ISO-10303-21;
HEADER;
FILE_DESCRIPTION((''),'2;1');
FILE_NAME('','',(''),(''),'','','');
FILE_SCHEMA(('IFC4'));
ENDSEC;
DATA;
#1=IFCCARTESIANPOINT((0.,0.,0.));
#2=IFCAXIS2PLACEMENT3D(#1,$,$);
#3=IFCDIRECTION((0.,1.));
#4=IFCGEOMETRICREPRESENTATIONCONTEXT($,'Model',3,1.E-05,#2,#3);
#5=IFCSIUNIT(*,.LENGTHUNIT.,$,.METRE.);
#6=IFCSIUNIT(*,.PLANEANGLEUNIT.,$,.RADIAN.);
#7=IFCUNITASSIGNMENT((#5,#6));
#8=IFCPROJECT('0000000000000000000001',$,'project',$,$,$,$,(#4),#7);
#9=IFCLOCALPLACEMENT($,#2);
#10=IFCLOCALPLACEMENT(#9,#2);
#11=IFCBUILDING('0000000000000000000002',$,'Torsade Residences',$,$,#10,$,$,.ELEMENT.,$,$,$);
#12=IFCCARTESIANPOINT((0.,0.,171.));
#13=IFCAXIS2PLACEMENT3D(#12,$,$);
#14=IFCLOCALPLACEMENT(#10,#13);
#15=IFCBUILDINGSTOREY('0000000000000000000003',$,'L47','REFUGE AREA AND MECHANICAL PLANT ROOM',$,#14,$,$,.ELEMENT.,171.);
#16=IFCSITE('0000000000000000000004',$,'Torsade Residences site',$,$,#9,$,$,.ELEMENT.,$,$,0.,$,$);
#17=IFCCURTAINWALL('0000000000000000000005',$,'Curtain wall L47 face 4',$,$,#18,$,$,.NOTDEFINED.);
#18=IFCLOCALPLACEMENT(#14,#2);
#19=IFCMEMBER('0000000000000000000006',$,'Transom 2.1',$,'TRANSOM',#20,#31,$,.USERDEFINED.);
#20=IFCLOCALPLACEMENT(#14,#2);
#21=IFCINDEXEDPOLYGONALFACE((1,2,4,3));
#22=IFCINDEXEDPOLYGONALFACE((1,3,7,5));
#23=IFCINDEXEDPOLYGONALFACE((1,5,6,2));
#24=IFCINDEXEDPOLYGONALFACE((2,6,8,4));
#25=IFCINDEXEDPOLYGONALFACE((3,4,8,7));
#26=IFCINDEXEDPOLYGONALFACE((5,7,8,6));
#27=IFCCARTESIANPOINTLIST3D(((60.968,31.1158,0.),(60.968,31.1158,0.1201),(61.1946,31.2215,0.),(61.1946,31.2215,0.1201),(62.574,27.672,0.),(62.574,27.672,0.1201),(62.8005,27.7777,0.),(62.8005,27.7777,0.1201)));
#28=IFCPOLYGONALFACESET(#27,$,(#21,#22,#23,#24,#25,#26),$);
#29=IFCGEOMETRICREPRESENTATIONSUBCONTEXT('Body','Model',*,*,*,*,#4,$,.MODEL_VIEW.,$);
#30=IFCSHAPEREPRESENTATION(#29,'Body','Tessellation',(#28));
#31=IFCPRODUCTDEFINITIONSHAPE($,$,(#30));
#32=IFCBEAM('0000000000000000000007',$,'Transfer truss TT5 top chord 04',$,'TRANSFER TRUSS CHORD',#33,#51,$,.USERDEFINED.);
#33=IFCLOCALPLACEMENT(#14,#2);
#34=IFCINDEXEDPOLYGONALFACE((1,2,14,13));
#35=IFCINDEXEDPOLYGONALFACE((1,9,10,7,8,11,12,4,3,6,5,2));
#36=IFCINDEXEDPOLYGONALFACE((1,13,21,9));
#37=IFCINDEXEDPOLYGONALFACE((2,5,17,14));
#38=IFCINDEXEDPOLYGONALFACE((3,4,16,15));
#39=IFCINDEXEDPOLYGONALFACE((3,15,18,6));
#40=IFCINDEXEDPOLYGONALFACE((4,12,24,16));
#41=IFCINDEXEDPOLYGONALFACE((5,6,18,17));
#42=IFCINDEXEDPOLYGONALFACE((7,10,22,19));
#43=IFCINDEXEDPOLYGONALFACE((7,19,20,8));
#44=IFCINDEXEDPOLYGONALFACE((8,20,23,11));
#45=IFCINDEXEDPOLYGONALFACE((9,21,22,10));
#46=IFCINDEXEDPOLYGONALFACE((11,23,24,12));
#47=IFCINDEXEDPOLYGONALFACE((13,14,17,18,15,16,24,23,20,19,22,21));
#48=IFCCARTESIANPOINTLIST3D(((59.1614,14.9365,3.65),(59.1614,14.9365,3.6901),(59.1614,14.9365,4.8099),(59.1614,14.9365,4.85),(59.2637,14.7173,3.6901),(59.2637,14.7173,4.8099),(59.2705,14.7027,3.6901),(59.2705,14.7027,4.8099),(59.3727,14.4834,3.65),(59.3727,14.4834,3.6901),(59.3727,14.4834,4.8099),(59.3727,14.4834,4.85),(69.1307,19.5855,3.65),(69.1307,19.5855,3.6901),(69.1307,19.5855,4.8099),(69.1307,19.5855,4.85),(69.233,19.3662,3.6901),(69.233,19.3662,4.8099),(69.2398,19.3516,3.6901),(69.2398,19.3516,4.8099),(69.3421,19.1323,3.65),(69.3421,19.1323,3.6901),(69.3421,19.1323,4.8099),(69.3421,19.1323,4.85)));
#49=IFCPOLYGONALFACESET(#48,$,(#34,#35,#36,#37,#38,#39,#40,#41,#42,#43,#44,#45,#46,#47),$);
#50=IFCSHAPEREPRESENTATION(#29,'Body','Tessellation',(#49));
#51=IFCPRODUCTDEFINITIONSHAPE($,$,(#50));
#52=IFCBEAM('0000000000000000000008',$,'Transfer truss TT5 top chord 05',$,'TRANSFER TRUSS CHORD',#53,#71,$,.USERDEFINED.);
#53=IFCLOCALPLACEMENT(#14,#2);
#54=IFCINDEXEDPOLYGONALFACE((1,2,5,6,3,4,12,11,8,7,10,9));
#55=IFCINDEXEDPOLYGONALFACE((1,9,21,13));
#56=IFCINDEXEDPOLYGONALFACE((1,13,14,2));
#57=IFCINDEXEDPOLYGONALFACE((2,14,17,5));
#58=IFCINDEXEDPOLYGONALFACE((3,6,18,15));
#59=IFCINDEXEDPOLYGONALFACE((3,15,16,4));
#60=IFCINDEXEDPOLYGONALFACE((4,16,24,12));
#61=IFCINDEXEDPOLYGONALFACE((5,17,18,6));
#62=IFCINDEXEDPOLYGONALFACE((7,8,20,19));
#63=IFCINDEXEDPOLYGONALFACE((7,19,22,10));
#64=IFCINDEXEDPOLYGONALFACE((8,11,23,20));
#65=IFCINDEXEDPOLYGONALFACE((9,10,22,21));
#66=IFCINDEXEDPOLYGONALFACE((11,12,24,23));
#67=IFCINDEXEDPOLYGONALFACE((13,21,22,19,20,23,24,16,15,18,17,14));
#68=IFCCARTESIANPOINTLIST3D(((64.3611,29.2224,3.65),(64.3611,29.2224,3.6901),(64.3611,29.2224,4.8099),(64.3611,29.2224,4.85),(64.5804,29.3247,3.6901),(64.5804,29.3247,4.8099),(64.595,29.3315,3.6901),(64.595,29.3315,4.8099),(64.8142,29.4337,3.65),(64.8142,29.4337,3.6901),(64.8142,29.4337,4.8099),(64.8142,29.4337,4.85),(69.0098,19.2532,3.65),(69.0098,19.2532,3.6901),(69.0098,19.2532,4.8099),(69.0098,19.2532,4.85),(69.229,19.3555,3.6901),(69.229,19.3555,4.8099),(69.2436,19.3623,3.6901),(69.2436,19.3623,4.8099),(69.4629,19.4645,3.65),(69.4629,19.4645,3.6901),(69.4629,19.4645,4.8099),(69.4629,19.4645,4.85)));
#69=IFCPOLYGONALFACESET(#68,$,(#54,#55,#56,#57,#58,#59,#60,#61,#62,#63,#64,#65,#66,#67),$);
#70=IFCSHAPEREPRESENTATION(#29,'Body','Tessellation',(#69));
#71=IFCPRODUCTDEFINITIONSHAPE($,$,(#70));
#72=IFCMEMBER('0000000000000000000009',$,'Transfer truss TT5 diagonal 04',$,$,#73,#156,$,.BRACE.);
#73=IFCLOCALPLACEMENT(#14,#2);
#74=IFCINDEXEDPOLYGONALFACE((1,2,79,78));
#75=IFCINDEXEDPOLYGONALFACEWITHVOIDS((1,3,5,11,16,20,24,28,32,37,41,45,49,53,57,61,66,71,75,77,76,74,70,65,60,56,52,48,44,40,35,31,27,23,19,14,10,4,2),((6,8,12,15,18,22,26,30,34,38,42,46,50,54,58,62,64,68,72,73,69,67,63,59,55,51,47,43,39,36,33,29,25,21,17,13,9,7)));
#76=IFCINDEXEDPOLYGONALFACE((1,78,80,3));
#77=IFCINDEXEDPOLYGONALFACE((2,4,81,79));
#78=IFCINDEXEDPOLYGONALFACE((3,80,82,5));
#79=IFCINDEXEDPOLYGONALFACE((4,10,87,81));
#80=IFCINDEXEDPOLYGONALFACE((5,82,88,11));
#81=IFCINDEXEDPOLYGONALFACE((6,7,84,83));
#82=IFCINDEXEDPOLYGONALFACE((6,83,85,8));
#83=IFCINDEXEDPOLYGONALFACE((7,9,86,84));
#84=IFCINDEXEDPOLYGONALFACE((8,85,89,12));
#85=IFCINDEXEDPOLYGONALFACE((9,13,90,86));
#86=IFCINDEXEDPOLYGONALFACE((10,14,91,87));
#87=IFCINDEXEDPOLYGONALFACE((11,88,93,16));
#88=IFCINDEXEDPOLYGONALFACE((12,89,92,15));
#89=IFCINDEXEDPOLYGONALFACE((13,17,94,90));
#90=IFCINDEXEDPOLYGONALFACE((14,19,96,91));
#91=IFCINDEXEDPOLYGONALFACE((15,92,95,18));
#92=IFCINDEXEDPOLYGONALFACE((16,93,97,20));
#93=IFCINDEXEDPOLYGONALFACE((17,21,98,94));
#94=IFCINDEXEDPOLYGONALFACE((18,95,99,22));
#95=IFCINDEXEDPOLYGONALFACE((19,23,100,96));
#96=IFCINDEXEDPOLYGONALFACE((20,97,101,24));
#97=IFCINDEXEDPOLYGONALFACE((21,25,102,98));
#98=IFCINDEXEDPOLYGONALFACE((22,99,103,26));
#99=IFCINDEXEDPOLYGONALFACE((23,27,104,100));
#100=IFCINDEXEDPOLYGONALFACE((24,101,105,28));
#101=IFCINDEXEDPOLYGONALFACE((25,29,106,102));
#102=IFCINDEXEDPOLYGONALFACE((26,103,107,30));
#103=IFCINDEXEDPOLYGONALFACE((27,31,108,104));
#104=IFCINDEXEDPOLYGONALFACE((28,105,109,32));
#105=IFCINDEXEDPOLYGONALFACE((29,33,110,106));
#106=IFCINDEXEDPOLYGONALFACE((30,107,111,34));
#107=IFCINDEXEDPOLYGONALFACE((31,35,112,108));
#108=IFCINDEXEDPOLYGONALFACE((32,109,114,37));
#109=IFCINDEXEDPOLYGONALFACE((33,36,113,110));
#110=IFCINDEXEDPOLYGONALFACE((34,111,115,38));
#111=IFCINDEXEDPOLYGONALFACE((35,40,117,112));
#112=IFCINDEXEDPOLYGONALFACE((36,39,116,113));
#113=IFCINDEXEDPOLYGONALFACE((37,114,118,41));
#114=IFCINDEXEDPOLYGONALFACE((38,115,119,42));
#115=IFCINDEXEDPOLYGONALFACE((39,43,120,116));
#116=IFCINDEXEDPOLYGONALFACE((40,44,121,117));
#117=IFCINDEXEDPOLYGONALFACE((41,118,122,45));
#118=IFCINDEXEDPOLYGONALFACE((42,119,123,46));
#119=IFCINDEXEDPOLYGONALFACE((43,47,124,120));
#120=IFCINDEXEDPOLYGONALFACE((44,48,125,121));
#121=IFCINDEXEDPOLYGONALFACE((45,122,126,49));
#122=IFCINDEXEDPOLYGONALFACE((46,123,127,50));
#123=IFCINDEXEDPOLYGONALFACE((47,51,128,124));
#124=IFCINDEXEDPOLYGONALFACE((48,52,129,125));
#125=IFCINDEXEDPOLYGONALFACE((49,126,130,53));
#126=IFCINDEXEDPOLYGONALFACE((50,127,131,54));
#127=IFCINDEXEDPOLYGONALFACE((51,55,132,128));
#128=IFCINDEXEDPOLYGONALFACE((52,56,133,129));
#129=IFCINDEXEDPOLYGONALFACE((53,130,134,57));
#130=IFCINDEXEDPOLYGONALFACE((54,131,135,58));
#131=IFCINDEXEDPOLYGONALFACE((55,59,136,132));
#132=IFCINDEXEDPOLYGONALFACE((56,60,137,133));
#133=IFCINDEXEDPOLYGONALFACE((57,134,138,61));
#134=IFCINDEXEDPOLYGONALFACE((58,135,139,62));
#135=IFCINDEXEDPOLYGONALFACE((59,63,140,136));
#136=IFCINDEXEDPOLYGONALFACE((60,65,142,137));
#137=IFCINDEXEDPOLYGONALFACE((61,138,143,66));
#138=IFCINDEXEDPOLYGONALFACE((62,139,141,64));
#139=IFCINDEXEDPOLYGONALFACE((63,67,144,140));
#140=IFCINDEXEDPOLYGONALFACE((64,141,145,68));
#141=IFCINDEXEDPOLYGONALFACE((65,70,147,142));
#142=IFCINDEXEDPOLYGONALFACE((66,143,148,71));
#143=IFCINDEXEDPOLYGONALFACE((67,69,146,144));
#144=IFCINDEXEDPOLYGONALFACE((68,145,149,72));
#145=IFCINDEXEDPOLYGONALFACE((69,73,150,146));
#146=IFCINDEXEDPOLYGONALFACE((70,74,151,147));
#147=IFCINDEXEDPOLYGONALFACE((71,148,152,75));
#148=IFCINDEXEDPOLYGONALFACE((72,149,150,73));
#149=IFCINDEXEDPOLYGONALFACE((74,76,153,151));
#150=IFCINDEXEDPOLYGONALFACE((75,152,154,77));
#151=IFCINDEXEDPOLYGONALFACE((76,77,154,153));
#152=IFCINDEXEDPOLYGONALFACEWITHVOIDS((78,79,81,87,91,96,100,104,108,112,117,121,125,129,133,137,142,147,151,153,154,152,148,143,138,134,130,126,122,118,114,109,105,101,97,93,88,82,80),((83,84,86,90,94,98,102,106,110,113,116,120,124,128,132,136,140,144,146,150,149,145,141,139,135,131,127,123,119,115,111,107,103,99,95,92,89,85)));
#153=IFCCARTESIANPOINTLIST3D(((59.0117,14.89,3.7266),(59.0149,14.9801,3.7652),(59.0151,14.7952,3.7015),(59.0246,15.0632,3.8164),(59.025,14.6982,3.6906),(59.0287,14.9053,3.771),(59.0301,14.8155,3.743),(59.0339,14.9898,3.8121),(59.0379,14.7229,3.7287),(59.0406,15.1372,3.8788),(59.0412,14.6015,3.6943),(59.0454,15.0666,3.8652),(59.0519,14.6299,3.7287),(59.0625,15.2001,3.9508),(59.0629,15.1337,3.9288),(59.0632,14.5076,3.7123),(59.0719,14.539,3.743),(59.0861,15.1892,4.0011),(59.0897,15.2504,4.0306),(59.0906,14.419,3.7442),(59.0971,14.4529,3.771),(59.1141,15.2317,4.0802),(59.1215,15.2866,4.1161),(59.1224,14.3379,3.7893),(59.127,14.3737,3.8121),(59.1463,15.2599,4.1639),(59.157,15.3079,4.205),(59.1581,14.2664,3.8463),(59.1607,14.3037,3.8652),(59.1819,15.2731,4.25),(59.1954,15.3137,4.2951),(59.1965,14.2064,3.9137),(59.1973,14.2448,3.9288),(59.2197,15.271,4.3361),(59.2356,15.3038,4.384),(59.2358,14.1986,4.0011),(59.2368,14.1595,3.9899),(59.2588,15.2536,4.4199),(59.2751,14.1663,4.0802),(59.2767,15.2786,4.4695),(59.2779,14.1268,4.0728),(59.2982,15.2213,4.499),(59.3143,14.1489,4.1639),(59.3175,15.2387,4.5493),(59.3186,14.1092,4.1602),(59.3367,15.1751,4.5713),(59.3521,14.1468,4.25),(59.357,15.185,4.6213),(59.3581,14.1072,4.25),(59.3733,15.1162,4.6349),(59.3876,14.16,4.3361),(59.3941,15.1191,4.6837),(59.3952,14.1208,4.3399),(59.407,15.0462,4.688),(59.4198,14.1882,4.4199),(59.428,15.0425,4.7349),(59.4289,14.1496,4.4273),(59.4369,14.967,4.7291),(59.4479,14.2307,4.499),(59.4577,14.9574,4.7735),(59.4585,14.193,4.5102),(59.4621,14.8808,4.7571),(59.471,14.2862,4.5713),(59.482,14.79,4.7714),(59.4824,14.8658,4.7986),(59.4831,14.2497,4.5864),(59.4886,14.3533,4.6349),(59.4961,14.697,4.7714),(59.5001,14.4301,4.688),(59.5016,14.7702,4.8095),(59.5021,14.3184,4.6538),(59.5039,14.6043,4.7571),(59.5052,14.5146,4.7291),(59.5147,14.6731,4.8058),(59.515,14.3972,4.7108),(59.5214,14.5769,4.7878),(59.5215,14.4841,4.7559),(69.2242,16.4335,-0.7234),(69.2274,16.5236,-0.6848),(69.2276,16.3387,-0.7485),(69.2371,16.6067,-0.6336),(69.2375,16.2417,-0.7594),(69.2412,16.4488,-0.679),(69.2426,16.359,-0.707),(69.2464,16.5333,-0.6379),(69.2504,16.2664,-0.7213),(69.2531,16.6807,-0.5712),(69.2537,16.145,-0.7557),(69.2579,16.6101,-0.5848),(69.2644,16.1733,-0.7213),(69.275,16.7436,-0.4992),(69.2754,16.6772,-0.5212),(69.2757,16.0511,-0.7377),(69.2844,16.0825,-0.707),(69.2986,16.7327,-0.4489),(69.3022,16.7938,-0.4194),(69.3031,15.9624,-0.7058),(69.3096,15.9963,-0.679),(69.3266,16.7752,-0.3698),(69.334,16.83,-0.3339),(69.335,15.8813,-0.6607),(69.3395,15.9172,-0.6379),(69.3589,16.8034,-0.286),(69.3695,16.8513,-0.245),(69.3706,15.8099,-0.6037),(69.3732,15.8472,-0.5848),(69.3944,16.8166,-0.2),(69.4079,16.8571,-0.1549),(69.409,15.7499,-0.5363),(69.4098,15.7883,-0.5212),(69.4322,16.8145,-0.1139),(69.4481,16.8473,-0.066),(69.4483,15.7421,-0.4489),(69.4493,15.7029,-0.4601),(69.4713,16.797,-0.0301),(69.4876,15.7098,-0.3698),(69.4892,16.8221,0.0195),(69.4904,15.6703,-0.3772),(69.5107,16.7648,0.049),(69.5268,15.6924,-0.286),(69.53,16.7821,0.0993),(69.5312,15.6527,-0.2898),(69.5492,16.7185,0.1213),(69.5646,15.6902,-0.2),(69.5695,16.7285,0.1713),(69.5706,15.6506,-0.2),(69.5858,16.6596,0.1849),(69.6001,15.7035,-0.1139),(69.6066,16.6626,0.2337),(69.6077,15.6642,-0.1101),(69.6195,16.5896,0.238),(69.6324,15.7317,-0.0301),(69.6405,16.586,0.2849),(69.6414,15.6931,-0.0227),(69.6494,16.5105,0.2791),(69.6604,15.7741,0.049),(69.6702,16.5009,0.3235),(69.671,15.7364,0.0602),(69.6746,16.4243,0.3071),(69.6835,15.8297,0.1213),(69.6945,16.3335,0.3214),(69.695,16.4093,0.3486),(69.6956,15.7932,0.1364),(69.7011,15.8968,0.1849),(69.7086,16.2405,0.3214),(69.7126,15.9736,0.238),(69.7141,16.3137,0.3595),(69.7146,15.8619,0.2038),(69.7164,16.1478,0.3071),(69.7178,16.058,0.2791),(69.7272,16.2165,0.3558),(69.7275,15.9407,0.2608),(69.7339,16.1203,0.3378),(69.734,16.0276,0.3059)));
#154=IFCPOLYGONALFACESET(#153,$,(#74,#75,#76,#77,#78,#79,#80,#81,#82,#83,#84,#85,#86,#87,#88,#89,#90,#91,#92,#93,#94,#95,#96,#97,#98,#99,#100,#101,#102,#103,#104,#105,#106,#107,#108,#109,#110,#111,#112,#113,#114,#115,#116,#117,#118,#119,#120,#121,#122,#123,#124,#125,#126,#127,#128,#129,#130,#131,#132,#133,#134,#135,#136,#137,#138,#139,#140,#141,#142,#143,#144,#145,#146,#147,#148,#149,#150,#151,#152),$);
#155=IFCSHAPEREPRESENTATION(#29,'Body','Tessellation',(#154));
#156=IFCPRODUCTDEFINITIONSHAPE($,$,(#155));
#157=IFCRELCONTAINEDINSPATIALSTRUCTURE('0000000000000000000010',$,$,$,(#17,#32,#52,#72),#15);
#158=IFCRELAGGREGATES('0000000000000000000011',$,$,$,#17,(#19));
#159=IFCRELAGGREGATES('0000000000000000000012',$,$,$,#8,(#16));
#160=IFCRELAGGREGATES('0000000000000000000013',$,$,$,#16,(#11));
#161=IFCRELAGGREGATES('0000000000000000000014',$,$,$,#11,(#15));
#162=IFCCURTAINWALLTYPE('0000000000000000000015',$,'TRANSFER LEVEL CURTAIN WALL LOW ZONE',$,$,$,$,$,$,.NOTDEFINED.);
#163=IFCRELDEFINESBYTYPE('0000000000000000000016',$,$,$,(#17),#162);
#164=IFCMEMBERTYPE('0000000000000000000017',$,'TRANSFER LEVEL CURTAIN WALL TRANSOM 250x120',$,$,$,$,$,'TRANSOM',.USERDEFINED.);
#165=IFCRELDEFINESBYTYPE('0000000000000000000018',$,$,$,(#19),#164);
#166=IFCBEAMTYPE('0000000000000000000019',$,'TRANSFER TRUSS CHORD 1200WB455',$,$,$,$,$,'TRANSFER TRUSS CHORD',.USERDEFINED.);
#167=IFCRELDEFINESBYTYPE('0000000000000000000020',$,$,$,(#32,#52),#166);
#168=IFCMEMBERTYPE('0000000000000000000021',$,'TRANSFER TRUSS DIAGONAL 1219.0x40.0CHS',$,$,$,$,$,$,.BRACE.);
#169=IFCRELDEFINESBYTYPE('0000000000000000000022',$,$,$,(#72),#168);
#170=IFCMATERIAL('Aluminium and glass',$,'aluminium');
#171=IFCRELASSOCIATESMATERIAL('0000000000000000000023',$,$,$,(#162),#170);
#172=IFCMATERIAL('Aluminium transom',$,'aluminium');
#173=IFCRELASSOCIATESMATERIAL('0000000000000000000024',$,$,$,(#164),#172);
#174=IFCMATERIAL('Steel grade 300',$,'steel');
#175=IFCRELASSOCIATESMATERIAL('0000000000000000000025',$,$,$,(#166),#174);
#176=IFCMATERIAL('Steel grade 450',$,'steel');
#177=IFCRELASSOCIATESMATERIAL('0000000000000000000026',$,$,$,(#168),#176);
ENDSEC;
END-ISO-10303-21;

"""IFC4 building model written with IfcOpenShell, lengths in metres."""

from ifc_helpers import new_model, si_unit, direction, frame, origin, origin_2d, place, context, subcontext, project, spatial, rectangle, hollow_circle, i_section, extrude, material, material_profile, profile_set, type_object, element, aggregate, save


model = new_model("IFC4")

# Units and contexts
model_context = context("Model", 3, precision=1e-05, world=origin(), true_north=direction((0.0, 1.0)))
body_context = subcontext(model_context, "Body", "Model", "MODEL_VIEW")
ifc_project = project(units=[si_unit("LENGTHUNIT", "METRE"), si_unit("PLANEANGLEUNIT", "RADIAN")], contexts=[model_context])

# Site, building, storey
site_placement = place(None, origin())
site = spatial("IfcSite", under=ifc_project, at=site_placement, Name="Torsade Residences site", CompositionType="ELEMENT", RefElevation=0.0)
building_placement = place(site_placement, origin())
building = spatial("IfcBuilding", under=site, at=building_placement, Name="Torsade Residences", CompositionType="ELEMENT")
storey_placement = place(building_placement, frame((0.0, 0.0, 171.0)))
storey = spatial("IfcBuildingStorey", under=building, at=storey_placement, Name="L47", Description="REFUGE AREA AND MECHANICAL PLANT ROOM", CompositionType="ELEMENT", Elevation=171.0)

# Shared definitions
ifc_material_1 = material(Name="Aluminium and glass", Category="aluminium")
curtain_wall_type = type_object("IfcCurtainWallType", Name="TRANSFER LEVEL CURTAIN WALL LOW ZONE", PredefinedType="NOTDEFINED", material=ifc_material_1)

# Curtain wall
curtain_wall_1_placement = place(storey_placement, origin())
curtain_wall_1 = element("IfcCurtainWall", 1, at=curtain_wall_1_placement, inside=storey, type_object=curtain_wall_type, Name="Curtain wall L47 face 4", PredefinedType="NOTDEFINED")

# Member
ifc_material_2 = material(Name="Aluminium transom", Category="aluminium")
ifc_material_profile_1 = material_profile(ifc_material_2, rectangle(XDim=0.25, YDim=0.1201, at=origin_2d()), Name="TRANSFER LEVEL CURTAIN WALL TRANSOM 250x120")
ifc_profile_set_1 = profile_set([ifc_material_profile_1], Name="Aluminium transom")
member_type_1 = type_object("IfcMemberType", Name="TRANSFER LEVEL CURTAIN WALL TRANSOM 250x120", ElementType="TRANSOM", PredefinedType="USERDEFINED", material=ifc_profile_set_1)
member_1_placement = place(storey_placement, frame((62.6873, 27.7249, 0.0601), z_axis=(-0.422632, 0.906301, 0.0), x_axis=(-0.906301, -0.422632, 0.0)))
member_1 = element("IfcMember", 2, at=member_1_placement, type_object=member_type_1, Name="Transom 2.1", ObjectType="TRANSOM", PredefinedType="USERDEFINED", context=body_context, shape_type="SweptSolid", body=[
    extrude(rectangle(XDim=0.25, YDim=0.1201, at=origin_2d()), origin(), (0.0, 0.0, 1.0), 3.7998),
])

# Beams
ifc_material_3 = material(Name="Steel grade 300", Category="steel")
ifc_material_profile_2 = material_profile(ifc_material_3, i_section(OverallWidth=0.5, OverallDepth=1.2, WebThickness=0.0161, FlangeThickness=0.04, at=origin_2d()), Name="1200WB455")
ifc_profile_set_2 = profile_set([ifc_material_profile_2], Name="Steel grade 300")
beam_type_1 = type_object("IfcBeamType", Name="TRANSFER TRUSS CHORD 1200WB455", ElementType="TRANSFER TRUSS CHORD", PredefinedType="USERDEFINED", material=ifc_profile_set_2)
beam_1_placement = place(storey_placement, frame((59.2671, 14.71, 4.25), z_axis=(0.906301, 0.422633, 0.0), x_axis=(-0.422633, 0.906301, 0.0)))
element("IfcBeam", 3, at=beam_1_placement, inside=storey, type_object=beam_type_1, Name="Transfer truss TT5 top chord 04", ObjectType="TRANSFER TRUSS CHORD", PredefinedType="USERDEFINED", context=body_context, shape_type="SweptSolid", body=[
    extrude(i_section(OverallWidth=0.5, OverallDepth=1.2, WebThickness=0.0161, FlangeThickness=0.04, at=origin_2d()), origin(), (0.0, 0.0, 1.0), 11.0),
])
beam_2_placement = place(storey_placement, frame((69.2363, 19.3589, 4.25), z_axis=(-0.422614, 0.90631, 0.0), x_axis=(-0.90631, -0.422614, 0.0)))
element("IfcBeam", 4, at=beam_2_placement, inside=storey, type_object=beam_type_1, Name="Transfer truss TT5 top chord 05", ObjectType="TRANSFER TRUSS CHORD", PredefinedType="USERDEFINED", context=body_context, shape_type="SweptSolid", body=[
    extrude(i_section(OverallWidth=0.5, OverallDepth=1.2, WebThickness=0.0161, FlangeThickness=0.04, at=origin_2d()), origin(), (0.0, 0.0, 1.0), 10.9998),
])

# Member
ifc_material_4 = material(Name="Steel grade 450", Category="steel")
ifc_material_profile_3 = material_profile(ifc_material_4, hollow_circle(Radius=0.6096, WallThickness=0.04, at=origin_2d()), Name="1219.0x40.0CHS")
ifc_profile_set_3 = profile_set([ifc_material_profile_3], Name="Steel grade 450")
member_type_2 = type_object("IfcMemberType", Name="TRANSFER TRUSS DIAGONAL 1219.0x40.0CHS", PredefinedType="BRACE", material=ifc_profile_set_3)
member_2_placement = place(storey_placement, frame((69.4795, 16.2534, -0.2), z_axis=(-0.908074, -0.137242, 0.395684), x_axis=(0.149438, -0.988771, 0.0)))
element("IfcMember", 5, at=member_2_placement, inside=storey, type_object=member_type_2, Name="Transfer truss TT5 diagonal 04", PredefinedType="BRACE", context=body_context, shape_type="SweptSolid", body=[
    extrude(hollow_circle(Radius=0.6096, WallThickness=0.04, at=origin_2d()), origin(), (0.0, 0.0, 1.0), 11.2463),
])

aggregate(curtain_wall_1, [member_1])

save(model, "model.ifc")
